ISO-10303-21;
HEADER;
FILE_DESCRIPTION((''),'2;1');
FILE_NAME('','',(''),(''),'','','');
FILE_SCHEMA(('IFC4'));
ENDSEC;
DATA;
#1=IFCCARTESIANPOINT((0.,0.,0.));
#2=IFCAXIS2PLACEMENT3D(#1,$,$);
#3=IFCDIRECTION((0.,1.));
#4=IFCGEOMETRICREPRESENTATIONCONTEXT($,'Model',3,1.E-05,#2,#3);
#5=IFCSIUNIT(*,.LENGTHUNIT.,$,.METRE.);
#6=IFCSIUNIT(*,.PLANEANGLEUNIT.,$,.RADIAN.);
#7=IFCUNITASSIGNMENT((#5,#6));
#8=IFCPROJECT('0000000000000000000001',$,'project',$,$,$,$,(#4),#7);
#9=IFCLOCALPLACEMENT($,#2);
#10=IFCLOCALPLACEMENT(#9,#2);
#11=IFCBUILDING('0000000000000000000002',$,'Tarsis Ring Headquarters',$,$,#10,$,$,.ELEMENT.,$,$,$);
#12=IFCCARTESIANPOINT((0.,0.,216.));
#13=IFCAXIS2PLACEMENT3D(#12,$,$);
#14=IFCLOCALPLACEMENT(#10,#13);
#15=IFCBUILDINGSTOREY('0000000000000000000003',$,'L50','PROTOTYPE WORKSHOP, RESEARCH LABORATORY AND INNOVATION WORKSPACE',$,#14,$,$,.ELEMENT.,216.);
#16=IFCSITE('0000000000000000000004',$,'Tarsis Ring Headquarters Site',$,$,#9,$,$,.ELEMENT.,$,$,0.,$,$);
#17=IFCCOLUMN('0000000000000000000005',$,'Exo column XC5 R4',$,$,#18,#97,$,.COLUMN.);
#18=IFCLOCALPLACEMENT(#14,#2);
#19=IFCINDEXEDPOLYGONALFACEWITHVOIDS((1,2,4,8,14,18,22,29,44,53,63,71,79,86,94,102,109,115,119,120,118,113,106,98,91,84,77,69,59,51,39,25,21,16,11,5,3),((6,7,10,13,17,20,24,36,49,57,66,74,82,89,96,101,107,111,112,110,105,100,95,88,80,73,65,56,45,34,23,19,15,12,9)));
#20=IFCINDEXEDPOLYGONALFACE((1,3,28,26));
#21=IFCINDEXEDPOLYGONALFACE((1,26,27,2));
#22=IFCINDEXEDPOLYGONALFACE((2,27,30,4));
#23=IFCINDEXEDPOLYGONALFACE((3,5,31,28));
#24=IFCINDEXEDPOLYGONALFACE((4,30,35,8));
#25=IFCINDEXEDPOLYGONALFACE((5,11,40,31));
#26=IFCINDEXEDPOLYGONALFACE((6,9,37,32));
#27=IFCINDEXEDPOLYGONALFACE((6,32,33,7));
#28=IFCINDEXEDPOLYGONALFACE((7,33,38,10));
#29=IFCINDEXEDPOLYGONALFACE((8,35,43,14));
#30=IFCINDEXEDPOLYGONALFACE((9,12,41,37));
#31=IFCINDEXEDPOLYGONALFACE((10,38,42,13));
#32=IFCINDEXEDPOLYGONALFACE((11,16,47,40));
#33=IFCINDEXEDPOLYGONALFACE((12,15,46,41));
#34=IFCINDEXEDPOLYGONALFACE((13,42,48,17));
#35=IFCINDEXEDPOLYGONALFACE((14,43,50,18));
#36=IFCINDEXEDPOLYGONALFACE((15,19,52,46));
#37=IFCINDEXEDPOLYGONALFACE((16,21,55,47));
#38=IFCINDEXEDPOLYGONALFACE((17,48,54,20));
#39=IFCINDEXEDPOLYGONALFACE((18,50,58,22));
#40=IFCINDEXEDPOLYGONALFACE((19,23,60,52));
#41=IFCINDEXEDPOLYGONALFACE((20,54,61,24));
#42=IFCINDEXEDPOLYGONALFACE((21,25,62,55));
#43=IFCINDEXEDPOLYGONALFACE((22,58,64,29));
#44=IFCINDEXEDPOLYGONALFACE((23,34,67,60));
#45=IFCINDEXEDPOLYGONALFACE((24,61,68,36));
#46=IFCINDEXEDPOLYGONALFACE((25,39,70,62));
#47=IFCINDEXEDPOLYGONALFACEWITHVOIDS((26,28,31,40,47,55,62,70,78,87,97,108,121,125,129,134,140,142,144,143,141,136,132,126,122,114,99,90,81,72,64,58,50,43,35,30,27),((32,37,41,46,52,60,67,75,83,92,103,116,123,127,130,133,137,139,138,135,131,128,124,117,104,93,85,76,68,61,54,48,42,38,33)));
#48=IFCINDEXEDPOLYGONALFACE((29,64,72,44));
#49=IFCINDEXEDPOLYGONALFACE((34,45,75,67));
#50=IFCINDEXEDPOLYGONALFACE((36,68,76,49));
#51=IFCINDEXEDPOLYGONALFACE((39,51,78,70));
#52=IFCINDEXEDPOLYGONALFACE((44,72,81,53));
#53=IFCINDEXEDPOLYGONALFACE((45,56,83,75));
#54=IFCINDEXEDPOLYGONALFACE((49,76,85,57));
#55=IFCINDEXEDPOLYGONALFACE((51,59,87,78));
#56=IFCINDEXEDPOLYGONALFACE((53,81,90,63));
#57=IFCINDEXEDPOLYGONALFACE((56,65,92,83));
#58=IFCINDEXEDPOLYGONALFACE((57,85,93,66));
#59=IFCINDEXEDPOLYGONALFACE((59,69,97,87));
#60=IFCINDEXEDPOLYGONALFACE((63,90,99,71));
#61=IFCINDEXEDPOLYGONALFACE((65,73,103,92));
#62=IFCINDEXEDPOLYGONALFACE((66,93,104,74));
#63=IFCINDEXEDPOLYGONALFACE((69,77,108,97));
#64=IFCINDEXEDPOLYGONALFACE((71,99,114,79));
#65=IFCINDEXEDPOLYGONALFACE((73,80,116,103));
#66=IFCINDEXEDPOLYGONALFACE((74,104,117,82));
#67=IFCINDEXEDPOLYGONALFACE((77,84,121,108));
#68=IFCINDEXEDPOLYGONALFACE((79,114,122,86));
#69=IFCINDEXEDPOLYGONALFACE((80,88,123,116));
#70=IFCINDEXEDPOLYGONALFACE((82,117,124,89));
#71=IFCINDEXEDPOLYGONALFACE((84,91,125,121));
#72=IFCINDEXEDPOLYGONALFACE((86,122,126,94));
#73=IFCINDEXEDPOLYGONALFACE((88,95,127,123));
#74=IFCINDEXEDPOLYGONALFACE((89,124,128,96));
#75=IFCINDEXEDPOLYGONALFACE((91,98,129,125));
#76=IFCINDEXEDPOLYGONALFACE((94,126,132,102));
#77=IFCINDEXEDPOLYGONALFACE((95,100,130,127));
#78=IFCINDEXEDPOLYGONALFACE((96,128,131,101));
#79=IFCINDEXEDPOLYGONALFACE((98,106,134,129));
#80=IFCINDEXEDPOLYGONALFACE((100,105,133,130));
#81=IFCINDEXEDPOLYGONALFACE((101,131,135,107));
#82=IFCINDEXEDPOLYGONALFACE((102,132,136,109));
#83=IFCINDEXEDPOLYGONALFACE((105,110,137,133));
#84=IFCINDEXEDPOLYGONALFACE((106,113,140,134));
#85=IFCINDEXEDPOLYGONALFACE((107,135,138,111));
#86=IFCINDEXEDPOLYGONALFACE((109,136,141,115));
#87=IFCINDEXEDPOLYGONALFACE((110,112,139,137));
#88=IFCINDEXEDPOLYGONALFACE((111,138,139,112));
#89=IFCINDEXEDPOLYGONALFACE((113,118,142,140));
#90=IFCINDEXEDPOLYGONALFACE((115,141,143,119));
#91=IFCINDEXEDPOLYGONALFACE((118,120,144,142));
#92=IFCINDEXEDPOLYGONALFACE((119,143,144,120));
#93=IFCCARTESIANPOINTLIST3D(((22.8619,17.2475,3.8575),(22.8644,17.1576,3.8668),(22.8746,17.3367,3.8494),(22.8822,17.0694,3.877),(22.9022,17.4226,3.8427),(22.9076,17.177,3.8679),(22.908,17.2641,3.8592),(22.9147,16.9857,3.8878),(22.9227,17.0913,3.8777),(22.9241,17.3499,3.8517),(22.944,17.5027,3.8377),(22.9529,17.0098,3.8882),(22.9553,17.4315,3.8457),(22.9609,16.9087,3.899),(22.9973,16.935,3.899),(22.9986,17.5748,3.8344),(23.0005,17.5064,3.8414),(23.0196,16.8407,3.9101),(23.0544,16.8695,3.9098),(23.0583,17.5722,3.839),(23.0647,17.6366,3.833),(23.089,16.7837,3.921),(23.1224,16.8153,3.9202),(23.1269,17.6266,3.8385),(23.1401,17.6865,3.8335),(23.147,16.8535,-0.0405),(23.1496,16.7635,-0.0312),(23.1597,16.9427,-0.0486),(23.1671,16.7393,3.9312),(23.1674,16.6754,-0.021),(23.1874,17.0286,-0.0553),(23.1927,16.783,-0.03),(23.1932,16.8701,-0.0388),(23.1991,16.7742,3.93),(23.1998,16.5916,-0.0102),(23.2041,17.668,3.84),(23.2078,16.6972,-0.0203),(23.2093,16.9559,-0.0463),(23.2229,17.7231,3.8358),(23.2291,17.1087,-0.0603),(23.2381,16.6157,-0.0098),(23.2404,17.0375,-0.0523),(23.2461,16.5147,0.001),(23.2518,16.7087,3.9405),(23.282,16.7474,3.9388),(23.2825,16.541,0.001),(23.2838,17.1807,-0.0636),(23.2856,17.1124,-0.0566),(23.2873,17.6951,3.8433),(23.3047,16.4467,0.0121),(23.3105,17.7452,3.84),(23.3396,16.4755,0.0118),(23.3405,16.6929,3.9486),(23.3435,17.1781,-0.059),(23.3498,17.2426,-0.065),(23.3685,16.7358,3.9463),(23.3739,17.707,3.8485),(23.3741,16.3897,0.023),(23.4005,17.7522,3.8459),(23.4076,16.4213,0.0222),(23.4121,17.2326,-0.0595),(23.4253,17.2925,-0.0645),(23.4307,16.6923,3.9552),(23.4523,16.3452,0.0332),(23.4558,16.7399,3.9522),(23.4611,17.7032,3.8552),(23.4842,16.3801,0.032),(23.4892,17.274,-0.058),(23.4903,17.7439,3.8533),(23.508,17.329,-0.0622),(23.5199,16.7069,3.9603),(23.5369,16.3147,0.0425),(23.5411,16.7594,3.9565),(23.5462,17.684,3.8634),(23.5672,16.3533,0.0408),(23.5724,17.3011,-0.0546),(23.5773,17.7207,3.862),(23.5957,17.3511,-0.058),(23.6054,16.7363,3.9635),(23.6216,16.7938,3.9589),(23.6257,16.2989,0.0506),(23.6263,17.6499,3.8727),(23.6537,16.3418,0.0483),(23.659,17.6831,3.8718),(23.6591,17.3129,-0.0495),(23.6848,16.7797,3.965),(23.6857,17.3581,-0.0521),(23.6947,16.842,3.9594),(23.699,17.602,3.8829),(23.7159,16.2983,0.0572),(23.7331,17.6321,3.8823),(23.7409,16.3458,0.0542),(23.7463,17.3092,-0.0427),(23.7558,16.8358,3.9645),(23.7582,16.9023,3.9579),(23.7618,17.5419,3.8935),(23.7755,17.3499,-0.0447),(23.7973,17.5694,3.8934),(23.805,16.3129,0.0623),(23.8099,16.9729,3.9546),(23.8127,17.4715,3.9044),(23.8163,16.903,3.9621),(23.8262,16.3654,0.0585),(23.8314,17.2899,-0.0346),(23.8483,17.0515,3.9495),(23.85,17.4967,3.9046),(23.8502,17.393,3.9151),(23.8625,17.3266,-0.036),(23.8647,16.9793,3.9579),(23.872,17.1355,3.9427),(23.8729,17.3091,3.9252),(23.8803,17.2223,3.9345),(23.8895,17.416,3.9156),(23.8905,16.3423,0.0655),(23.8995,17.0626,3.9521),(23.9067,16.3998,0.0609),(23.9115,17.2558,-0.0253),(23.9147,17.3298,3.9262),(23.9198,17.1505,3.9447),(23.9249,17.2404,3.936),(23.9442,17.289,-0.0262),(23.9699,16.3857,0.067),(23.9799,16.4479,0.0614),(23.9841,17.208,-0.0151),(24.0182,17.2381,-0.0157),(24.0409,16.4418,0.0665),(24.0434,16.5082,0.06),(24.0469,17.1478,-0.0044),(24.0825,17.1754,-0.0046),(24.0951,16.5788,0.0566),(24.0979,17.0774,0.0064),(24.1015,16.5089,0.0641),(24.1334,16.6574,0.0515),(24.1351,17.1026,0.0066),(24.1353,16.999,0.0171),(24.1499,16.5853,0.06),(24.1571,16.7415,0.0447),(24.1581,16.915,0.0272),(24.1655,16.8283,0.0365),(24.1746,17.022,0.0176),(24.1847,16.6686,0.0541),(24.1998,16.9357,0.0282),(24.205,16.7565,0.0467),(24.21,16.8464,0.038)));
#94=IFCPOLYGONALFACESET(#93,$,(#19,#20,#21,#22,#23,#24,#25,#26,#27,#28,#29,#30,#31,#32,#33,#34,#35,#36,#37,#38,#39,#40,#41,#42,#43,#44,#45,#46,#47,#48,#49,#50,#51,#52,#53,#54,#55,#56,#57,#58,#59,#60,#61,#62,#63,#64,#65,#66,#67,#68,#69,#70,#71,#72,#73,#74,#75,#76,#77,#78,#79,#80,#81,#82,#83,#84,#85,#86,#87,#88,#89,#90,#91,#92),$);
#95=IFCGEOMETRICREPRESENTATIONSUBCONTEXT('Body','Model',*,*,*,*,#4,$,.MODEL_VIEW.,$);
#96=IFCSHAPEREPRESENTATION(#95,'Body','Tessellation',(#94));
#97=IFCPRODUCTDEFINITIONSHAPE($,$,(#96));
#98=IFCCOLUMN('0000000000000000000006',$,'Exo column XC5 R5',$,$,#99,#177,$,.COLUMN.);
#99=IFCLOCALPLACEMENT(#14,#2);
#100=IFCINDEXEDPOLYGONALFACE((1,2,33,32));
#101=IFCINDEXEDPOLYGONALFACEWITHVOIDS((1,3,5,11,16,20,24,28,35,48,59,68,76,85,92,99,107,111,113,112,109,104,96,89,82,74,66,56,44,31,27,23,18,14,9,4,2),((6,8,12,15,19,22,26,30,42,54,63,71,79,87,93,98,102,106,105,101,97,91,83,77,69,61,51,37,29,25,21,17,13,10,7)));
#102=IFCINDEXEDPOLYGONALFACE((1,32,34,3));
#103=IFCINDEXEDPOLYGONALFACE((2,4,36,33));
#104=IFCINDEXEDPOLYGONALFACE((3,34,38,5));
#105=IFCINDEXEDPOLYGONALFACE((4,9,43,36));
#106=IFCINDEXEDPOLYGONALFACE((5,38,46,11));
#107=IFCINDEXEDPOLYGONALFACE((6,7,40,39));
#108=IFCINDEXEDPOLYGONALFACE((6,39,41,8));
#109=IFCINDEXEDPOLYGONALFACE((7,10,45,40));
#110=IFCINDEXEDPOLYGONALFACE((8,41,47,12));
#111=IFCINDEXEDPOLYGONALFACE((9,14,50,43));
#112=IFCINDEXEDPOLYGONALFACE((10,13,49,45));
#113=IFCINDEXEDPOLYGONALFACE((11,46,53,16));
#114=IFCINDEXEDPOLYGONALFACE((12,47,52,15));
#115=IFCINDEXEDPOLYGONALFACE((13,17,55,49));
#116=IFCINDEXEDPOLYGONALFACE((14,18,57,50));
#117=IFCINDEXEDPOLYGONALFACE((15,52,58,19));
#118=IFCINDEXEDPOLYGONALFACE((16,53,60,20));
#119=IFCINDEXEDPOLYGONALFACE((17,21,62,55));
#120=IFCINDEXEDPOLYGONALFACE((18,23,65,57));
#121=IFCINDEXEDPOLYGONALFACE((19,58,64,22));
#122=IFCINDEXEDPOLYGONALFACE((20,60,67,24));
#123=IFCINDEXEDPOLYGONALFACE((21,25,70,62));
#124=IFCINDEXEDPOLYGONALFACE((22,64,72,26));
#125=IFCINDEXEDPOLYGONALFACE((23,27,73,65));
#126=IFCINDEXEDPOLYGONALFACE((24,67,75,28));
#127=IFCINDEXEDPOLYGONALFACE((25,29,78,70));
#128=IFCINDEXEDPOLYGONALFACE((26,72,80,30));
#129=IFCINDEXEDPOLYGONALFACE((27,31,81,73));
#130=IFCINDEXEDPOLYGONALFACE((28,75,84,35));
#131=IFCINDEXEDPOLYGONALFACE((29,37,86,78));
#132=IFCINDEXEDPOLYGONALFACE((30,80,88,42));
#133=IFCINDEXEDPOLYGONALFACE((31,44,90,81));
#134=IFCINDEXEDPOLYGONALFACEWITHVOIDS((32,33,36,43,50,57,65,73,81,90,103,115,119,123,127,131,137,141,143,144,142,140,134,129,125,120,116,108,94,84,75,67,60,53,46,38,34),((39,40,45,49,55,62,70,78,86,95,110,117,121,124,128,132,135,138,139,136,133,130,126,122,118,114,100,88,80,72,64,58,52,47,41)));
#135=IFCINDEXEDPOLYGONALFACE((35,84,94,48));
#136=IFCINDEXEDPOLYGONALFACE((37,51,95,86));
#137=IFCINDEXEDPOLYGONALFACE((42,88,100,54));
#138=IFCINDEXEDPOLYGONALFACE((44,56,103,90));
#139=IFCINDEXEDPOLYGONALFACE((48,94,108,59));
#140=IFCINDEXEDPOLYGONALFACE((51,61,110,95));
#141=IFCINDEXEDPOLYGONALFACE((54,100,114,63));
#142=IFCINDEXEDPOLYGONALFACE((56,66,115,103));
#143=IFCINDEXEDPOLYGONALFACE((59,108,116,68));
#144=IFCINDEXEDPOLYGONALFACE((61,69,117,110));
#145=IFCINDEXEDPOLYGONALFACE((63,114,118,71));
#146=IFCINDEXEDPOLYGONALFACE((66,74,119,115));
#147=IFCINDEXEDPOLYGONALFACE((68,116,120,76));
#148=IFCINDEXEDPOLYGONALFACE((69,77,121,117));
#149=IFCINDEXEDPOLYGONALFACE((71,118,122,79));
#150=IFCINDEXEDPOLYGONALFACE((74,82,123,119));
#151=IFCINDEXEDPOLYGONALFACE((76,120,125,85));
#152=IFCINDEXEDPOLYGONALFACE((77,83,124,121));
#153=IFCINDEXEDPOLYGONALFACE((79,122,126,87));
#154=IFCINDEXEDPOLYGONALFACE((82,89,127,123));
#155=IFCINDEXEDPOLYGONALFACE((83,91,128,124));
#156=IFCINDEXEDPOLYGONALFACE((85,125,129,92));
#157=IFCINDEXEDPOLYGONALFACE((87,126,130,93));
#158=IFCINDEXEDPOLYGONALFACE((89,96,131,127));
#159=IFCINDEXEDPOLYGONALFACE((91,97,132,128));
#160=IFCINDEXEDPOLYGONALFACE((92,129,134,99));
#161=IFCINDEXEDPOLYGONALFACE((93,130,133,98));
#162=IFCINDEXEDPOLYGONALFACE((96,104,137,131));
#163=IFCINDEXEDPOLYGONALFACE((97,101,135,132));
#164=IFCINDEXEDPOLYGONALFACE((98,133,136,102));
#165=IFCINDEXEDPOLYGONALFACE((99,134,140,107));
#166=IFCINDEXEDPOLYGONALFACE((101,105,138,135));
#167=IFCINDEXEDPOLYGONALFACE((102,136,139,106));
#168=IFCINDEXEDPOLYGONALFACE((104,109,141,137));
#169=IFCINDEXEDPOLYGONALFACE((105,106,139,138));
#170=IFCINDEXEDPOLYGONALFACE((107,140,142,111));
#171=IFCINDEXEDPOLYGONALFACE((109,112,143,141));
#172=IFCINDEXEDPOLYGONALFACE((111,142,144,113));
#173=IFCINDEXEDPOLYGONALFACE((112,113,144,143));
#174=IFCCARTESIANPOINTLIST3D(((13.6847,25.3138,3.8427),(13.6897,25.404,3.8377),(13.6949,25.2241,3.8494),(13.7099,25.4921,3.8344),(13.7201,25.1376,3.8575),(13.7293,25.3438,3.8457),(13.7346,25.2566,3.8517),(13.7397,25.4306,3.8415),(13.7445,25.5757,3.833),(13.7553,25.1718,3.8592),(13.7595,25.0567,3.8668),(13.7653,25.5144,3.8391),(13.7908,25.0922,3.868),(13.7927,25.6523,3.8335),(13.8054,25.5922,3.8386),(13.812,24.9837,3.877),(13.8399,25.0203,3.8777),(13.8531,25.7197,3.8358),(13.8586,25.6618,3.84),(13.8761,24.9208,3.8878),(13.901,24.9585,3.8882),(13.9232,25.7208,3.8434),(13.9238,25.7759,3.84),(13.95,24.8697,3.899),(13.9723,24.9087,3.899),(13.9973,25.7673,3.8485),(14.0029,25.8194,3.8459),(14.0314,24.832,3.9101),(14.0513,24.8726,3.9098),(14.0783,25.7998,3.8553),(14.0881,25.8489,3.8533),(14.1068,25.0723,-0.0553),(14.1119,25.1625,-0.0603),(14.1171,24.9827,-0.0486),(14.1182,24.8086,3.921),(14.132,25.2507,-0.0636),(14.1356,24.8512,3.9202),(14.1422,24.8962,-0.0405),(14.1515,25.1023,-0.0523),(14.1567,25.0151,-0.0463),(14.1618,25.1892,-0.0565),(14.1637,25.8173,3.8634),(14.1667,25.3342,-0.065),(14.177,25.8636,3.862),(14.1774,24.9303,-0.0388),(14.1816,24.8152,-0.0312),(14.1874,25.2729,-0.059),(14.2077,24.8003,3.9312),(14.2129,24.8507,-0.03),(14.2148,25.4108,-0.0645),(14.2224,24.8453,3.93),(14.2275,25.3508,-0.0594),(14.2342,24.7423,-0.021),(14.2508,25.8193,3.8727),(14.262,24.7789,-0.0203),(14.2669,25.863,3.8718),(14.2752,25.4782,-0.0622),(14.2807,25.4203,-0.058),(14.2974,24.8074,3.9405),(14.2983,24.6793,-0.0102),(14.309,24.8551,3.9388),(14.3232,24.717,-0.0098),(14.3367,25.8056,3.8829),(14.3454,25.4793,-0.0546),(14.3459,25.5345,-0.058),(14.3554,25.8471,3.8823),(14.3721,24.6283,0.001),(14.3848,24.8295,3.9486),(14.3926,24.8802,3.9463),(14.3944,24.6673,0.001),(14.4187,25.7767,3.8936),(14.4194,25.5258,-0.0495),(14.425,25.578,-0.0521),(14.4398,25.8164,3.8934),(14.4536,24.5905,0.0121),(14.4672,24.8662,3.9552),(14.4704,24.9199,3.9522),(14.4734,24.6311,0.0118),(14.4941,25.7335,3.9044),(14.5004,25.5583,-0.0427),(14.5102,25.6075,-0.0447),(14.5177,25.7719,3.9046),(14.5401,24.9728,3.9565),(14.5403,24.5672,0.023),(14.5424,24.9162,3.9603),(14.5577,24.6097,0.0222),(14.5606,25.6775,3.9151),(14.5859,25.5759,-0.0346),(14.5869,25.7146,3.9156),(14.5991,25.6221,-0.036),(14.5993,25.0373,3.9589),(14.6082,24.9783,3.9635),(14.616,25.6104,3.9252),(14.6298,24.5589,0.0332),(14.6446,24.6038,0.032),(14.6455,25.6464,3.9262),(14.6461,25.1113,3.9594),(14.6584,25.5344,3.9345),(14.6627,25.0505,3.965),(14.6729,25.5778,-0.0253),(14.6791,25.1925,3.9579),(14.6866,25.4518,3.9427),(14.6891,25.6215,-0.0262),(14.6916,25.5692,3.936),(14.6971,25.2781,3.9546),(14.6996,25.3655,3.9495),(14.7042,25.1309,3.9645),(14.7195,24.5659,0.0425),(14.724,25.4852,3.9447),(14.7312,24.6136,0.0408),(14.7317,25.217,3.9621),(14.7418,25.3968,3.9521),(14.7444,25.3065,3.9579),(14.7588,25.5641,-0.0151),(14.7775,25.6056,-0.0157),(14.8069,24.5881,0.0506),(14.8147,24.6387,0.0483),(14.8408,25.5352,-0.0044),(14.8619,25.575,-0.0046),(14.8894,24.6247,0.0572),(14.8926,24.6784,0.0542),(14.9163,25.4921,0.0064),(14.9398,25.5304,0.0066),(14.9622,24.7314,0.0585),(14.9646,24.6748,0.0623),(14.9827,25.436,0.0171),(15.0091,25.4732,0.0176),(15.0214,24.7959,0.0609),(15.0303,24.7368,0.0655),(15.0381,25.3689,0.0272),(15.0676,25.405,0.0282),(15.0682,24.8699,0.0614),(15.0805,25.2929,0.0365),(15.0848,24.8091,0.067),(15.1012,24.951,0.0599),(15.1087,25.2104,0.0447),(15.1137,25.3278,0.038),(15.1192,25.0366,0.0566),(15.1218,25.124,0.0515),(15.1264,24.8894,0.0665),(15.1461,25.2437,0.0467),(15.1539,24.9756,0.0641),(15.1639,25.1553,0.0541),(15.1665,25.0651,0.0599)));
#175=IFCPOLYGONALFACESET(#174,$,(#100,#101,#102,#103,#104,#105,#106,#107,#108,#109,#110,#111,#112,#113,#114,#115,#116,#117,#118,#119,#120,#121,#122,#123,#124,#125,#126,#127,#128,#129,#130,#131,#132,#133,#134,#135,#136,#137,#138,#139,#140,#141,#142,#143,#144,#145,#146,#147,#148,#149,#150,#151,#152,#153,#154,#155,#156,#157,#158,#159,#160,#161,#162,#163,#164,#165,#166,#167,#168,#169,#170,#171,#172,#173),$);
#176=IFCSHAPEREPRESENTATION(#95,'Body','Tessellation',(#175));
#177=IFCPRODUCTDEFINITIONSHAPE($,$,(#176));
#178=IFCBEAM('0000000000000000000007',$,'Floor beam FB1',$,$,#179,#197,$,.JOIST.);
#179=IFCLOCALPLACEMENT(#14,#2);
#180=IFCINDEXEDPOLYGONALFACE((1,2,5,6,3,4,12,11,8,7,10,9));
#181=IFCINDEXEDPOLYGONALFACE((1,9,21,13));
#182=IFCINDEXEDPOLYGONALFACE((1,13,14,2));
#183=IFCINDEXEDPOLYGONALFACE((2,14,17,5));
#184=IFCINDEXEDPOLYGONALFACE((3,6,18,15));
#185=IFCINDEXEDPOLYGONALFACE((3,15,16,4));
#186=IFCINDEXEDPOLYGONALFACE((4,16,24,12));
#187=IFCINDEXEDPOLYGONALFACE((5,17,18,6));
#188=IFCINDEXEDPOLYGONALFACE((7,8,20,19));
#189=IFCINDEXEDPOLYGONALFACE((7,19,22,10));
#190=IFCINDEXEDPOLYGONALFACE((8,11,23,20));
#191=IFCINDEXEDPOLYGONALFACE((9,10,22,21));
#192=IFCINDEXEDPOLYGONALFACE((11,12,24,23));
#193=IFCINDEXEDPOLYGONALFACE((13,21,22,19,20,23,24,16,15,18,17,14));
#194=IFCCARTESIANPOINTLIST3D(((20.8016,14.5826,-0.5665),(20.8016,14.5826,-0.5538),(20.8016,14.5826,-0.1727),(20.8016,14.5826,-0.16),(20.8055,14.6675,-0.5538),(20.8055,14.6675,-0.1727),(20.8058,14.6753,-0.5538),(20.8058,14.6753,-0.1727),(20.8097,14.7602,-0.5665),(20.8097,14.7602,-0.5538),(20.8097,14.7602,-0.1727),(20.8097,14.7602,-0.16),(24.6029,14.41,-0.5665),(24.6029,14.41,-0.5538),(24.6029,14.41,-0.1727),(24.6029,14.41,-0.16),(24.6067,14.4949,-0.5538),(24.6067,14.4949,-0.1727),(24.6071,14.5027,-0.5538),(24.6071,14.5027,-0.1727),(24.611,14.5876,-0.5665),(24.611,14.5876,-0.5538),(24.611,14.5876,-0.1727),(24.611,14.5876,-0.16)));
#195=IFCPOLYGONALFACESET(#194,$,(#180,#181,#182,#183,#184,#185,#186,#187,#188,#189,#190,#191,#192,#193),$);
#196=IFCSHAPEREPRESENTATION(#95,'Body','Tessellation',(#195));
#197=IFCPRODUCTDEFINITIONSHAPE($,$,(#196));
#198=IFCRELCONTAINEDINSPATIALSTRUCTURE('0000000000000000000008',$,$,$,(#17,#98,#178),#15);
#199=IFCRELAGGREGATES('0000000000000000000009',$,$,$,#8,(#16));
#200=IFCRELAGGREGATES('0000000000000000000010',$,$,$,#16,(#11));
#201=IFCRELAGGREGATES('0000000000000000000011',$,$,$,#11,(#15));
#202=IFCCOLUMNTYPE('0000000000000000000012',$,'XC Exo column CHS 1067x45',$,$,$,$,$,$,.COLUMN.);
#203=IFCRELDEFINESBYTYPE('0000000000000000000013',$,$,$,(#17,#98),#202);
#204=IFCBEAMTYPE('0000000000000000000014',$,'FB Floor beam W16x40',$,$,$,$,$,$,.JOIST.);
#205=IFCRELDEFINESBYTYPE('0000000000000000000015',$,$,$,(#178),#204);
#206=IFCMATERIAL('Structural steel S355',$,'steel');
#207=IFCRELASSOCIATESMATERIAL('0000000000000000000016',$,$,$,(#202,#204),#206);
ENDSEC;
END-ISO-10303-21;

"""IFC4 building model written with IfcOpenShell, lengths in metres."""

from ifc_helpers import new_model, si_unit, direction, frame, origin, origin_2d, place, context, subcontext, project, spatial, hollow_circle, i_section, extrude, material, material_profile, profile_set, type_object, element, save


model = new_model("IFC4")

# Units and contexts
model_context = context("Model", 3, precision=1e-05, world=origin(), true_north=direction((0.0, 1.0)))
body_context = subcontext(model_context, "Body", "Model", "MODEL_VIEW")
ifc_project = project(units=[si_unit("LENGTHUNIT", "METRE"), si_unit("PLANEANGLEUNIT", "RADIAN")], contexts=[model_context])

# Site, building, storey
site_placement = place(None, origin())
site = spatial("IfcSite", under=ifc_project, at=site_placement, Name="Tarsis Ring Headquarters Site", CompositionType="ELEMENT", RefElevation=0.0)
building_placement = place(site_placement, origin())
building = spatial("IfcBuilding", under=site, at=building_placement, Name="Tarsis Ring Headquarters", CompositionType="ELEMENT")
storey_placement = place(building_placement, frame((0.0, 0.0, 216.0)))
storey = spatial("IfcBuildingStorey", under=building, at=storey_placement, Name="L50", Description="PROTOTYPE WORKSHOP, RESEARCH LABORATORY AND INNOVATION WORKSPACE", CompositionType="ELEMENT", Elevation=216.0)

# Columns
ifc_material_1 = material(Name="Structural steel S355", Category="steel")
ifc_material_profile_1 = material_profile(ifc_material_1, hollow_circle(Radius=0.5334, WallThickness=0.0449, at=origin_2d()), Name="CHS 1067x45")
ifc_profile_set_1 = profile_set([ifc_material_profile_1], Name="Structural steel S355")
column_type = type_object("IfcColumnType", Name="XC Exo column CHS 1067x45", PredefinedType="COLUMN", material=ifc_profile_set_1)
for number, where, z_axis, x_axis, name in (
    (1, (23.6782, 16.8274, 0.001), (-0.072592, 0.100312, 0.992304), (-0.810123, -0.58626, 0.0), "Exo column XC5 R4"),
    (2, (14.637, 25.0913, 0.001), (-0.10746, 0.061468, 0.992307), (-0.496517, -0.868027, 0.0), "Exo column XC5 R5"),
):
    element("IfcColumn", number, at=place(storey_placement, frame(where, z_axis=z_axis, x_axis=x_axis)), inside=storey, type_object=column_type, Name=name, PredefinedType="COLUMN", context=body_context, shape_type="SweptSolid", body=[
        extrude(hollow_circle(Radius=0.5334, WallThickness=0.0449, at=origin_2d()), origin(), (0.0, 0.0, 1.0), 3.9282),
    ])

# Beam
ifc_material_profile_2 = material_profile(ifc_material_1, i_section(OverallWidth=0.1777, OverallDepth=0.4065, WebThickness=0.0078, FlangeThickness=0.0127, at=origin_2d()), Name="W16x40")
ifc_profile_set_2 = profile_set([ifc_material_profile_2], Name="Structural steel S355")
beam_type_1 = type_object("IfcBeamType", Name="FB Floor beam W16x40", PredefinedType="JOIST", material=ifc_profile_set_2)
beam_1_placement = place(storey_placement, frame((20.8057, 14.6714, -0.3633), z_axis=(0.998971, -0.045361, 0.0), x_axis=(0.045361, 0.998971, 0.0)))
element("IfcBeam", 3, at=beam_1_placement, inside=storey, type_object=beam_type_1, Name="Floor beam FB1", PredefinedType="JOIST", context=body_context, shape_type="SweptSolid", body=[
    extrude(i_section(OverallWidth=0.1777, OverallDepth=0.4065, WebThickness=0.0078, FlangeThickness=0.0127, at=origin_2d()), origin(), (0.0, 0.0, 1.0), 3.8052),
])

save(model, "model.ifc")
